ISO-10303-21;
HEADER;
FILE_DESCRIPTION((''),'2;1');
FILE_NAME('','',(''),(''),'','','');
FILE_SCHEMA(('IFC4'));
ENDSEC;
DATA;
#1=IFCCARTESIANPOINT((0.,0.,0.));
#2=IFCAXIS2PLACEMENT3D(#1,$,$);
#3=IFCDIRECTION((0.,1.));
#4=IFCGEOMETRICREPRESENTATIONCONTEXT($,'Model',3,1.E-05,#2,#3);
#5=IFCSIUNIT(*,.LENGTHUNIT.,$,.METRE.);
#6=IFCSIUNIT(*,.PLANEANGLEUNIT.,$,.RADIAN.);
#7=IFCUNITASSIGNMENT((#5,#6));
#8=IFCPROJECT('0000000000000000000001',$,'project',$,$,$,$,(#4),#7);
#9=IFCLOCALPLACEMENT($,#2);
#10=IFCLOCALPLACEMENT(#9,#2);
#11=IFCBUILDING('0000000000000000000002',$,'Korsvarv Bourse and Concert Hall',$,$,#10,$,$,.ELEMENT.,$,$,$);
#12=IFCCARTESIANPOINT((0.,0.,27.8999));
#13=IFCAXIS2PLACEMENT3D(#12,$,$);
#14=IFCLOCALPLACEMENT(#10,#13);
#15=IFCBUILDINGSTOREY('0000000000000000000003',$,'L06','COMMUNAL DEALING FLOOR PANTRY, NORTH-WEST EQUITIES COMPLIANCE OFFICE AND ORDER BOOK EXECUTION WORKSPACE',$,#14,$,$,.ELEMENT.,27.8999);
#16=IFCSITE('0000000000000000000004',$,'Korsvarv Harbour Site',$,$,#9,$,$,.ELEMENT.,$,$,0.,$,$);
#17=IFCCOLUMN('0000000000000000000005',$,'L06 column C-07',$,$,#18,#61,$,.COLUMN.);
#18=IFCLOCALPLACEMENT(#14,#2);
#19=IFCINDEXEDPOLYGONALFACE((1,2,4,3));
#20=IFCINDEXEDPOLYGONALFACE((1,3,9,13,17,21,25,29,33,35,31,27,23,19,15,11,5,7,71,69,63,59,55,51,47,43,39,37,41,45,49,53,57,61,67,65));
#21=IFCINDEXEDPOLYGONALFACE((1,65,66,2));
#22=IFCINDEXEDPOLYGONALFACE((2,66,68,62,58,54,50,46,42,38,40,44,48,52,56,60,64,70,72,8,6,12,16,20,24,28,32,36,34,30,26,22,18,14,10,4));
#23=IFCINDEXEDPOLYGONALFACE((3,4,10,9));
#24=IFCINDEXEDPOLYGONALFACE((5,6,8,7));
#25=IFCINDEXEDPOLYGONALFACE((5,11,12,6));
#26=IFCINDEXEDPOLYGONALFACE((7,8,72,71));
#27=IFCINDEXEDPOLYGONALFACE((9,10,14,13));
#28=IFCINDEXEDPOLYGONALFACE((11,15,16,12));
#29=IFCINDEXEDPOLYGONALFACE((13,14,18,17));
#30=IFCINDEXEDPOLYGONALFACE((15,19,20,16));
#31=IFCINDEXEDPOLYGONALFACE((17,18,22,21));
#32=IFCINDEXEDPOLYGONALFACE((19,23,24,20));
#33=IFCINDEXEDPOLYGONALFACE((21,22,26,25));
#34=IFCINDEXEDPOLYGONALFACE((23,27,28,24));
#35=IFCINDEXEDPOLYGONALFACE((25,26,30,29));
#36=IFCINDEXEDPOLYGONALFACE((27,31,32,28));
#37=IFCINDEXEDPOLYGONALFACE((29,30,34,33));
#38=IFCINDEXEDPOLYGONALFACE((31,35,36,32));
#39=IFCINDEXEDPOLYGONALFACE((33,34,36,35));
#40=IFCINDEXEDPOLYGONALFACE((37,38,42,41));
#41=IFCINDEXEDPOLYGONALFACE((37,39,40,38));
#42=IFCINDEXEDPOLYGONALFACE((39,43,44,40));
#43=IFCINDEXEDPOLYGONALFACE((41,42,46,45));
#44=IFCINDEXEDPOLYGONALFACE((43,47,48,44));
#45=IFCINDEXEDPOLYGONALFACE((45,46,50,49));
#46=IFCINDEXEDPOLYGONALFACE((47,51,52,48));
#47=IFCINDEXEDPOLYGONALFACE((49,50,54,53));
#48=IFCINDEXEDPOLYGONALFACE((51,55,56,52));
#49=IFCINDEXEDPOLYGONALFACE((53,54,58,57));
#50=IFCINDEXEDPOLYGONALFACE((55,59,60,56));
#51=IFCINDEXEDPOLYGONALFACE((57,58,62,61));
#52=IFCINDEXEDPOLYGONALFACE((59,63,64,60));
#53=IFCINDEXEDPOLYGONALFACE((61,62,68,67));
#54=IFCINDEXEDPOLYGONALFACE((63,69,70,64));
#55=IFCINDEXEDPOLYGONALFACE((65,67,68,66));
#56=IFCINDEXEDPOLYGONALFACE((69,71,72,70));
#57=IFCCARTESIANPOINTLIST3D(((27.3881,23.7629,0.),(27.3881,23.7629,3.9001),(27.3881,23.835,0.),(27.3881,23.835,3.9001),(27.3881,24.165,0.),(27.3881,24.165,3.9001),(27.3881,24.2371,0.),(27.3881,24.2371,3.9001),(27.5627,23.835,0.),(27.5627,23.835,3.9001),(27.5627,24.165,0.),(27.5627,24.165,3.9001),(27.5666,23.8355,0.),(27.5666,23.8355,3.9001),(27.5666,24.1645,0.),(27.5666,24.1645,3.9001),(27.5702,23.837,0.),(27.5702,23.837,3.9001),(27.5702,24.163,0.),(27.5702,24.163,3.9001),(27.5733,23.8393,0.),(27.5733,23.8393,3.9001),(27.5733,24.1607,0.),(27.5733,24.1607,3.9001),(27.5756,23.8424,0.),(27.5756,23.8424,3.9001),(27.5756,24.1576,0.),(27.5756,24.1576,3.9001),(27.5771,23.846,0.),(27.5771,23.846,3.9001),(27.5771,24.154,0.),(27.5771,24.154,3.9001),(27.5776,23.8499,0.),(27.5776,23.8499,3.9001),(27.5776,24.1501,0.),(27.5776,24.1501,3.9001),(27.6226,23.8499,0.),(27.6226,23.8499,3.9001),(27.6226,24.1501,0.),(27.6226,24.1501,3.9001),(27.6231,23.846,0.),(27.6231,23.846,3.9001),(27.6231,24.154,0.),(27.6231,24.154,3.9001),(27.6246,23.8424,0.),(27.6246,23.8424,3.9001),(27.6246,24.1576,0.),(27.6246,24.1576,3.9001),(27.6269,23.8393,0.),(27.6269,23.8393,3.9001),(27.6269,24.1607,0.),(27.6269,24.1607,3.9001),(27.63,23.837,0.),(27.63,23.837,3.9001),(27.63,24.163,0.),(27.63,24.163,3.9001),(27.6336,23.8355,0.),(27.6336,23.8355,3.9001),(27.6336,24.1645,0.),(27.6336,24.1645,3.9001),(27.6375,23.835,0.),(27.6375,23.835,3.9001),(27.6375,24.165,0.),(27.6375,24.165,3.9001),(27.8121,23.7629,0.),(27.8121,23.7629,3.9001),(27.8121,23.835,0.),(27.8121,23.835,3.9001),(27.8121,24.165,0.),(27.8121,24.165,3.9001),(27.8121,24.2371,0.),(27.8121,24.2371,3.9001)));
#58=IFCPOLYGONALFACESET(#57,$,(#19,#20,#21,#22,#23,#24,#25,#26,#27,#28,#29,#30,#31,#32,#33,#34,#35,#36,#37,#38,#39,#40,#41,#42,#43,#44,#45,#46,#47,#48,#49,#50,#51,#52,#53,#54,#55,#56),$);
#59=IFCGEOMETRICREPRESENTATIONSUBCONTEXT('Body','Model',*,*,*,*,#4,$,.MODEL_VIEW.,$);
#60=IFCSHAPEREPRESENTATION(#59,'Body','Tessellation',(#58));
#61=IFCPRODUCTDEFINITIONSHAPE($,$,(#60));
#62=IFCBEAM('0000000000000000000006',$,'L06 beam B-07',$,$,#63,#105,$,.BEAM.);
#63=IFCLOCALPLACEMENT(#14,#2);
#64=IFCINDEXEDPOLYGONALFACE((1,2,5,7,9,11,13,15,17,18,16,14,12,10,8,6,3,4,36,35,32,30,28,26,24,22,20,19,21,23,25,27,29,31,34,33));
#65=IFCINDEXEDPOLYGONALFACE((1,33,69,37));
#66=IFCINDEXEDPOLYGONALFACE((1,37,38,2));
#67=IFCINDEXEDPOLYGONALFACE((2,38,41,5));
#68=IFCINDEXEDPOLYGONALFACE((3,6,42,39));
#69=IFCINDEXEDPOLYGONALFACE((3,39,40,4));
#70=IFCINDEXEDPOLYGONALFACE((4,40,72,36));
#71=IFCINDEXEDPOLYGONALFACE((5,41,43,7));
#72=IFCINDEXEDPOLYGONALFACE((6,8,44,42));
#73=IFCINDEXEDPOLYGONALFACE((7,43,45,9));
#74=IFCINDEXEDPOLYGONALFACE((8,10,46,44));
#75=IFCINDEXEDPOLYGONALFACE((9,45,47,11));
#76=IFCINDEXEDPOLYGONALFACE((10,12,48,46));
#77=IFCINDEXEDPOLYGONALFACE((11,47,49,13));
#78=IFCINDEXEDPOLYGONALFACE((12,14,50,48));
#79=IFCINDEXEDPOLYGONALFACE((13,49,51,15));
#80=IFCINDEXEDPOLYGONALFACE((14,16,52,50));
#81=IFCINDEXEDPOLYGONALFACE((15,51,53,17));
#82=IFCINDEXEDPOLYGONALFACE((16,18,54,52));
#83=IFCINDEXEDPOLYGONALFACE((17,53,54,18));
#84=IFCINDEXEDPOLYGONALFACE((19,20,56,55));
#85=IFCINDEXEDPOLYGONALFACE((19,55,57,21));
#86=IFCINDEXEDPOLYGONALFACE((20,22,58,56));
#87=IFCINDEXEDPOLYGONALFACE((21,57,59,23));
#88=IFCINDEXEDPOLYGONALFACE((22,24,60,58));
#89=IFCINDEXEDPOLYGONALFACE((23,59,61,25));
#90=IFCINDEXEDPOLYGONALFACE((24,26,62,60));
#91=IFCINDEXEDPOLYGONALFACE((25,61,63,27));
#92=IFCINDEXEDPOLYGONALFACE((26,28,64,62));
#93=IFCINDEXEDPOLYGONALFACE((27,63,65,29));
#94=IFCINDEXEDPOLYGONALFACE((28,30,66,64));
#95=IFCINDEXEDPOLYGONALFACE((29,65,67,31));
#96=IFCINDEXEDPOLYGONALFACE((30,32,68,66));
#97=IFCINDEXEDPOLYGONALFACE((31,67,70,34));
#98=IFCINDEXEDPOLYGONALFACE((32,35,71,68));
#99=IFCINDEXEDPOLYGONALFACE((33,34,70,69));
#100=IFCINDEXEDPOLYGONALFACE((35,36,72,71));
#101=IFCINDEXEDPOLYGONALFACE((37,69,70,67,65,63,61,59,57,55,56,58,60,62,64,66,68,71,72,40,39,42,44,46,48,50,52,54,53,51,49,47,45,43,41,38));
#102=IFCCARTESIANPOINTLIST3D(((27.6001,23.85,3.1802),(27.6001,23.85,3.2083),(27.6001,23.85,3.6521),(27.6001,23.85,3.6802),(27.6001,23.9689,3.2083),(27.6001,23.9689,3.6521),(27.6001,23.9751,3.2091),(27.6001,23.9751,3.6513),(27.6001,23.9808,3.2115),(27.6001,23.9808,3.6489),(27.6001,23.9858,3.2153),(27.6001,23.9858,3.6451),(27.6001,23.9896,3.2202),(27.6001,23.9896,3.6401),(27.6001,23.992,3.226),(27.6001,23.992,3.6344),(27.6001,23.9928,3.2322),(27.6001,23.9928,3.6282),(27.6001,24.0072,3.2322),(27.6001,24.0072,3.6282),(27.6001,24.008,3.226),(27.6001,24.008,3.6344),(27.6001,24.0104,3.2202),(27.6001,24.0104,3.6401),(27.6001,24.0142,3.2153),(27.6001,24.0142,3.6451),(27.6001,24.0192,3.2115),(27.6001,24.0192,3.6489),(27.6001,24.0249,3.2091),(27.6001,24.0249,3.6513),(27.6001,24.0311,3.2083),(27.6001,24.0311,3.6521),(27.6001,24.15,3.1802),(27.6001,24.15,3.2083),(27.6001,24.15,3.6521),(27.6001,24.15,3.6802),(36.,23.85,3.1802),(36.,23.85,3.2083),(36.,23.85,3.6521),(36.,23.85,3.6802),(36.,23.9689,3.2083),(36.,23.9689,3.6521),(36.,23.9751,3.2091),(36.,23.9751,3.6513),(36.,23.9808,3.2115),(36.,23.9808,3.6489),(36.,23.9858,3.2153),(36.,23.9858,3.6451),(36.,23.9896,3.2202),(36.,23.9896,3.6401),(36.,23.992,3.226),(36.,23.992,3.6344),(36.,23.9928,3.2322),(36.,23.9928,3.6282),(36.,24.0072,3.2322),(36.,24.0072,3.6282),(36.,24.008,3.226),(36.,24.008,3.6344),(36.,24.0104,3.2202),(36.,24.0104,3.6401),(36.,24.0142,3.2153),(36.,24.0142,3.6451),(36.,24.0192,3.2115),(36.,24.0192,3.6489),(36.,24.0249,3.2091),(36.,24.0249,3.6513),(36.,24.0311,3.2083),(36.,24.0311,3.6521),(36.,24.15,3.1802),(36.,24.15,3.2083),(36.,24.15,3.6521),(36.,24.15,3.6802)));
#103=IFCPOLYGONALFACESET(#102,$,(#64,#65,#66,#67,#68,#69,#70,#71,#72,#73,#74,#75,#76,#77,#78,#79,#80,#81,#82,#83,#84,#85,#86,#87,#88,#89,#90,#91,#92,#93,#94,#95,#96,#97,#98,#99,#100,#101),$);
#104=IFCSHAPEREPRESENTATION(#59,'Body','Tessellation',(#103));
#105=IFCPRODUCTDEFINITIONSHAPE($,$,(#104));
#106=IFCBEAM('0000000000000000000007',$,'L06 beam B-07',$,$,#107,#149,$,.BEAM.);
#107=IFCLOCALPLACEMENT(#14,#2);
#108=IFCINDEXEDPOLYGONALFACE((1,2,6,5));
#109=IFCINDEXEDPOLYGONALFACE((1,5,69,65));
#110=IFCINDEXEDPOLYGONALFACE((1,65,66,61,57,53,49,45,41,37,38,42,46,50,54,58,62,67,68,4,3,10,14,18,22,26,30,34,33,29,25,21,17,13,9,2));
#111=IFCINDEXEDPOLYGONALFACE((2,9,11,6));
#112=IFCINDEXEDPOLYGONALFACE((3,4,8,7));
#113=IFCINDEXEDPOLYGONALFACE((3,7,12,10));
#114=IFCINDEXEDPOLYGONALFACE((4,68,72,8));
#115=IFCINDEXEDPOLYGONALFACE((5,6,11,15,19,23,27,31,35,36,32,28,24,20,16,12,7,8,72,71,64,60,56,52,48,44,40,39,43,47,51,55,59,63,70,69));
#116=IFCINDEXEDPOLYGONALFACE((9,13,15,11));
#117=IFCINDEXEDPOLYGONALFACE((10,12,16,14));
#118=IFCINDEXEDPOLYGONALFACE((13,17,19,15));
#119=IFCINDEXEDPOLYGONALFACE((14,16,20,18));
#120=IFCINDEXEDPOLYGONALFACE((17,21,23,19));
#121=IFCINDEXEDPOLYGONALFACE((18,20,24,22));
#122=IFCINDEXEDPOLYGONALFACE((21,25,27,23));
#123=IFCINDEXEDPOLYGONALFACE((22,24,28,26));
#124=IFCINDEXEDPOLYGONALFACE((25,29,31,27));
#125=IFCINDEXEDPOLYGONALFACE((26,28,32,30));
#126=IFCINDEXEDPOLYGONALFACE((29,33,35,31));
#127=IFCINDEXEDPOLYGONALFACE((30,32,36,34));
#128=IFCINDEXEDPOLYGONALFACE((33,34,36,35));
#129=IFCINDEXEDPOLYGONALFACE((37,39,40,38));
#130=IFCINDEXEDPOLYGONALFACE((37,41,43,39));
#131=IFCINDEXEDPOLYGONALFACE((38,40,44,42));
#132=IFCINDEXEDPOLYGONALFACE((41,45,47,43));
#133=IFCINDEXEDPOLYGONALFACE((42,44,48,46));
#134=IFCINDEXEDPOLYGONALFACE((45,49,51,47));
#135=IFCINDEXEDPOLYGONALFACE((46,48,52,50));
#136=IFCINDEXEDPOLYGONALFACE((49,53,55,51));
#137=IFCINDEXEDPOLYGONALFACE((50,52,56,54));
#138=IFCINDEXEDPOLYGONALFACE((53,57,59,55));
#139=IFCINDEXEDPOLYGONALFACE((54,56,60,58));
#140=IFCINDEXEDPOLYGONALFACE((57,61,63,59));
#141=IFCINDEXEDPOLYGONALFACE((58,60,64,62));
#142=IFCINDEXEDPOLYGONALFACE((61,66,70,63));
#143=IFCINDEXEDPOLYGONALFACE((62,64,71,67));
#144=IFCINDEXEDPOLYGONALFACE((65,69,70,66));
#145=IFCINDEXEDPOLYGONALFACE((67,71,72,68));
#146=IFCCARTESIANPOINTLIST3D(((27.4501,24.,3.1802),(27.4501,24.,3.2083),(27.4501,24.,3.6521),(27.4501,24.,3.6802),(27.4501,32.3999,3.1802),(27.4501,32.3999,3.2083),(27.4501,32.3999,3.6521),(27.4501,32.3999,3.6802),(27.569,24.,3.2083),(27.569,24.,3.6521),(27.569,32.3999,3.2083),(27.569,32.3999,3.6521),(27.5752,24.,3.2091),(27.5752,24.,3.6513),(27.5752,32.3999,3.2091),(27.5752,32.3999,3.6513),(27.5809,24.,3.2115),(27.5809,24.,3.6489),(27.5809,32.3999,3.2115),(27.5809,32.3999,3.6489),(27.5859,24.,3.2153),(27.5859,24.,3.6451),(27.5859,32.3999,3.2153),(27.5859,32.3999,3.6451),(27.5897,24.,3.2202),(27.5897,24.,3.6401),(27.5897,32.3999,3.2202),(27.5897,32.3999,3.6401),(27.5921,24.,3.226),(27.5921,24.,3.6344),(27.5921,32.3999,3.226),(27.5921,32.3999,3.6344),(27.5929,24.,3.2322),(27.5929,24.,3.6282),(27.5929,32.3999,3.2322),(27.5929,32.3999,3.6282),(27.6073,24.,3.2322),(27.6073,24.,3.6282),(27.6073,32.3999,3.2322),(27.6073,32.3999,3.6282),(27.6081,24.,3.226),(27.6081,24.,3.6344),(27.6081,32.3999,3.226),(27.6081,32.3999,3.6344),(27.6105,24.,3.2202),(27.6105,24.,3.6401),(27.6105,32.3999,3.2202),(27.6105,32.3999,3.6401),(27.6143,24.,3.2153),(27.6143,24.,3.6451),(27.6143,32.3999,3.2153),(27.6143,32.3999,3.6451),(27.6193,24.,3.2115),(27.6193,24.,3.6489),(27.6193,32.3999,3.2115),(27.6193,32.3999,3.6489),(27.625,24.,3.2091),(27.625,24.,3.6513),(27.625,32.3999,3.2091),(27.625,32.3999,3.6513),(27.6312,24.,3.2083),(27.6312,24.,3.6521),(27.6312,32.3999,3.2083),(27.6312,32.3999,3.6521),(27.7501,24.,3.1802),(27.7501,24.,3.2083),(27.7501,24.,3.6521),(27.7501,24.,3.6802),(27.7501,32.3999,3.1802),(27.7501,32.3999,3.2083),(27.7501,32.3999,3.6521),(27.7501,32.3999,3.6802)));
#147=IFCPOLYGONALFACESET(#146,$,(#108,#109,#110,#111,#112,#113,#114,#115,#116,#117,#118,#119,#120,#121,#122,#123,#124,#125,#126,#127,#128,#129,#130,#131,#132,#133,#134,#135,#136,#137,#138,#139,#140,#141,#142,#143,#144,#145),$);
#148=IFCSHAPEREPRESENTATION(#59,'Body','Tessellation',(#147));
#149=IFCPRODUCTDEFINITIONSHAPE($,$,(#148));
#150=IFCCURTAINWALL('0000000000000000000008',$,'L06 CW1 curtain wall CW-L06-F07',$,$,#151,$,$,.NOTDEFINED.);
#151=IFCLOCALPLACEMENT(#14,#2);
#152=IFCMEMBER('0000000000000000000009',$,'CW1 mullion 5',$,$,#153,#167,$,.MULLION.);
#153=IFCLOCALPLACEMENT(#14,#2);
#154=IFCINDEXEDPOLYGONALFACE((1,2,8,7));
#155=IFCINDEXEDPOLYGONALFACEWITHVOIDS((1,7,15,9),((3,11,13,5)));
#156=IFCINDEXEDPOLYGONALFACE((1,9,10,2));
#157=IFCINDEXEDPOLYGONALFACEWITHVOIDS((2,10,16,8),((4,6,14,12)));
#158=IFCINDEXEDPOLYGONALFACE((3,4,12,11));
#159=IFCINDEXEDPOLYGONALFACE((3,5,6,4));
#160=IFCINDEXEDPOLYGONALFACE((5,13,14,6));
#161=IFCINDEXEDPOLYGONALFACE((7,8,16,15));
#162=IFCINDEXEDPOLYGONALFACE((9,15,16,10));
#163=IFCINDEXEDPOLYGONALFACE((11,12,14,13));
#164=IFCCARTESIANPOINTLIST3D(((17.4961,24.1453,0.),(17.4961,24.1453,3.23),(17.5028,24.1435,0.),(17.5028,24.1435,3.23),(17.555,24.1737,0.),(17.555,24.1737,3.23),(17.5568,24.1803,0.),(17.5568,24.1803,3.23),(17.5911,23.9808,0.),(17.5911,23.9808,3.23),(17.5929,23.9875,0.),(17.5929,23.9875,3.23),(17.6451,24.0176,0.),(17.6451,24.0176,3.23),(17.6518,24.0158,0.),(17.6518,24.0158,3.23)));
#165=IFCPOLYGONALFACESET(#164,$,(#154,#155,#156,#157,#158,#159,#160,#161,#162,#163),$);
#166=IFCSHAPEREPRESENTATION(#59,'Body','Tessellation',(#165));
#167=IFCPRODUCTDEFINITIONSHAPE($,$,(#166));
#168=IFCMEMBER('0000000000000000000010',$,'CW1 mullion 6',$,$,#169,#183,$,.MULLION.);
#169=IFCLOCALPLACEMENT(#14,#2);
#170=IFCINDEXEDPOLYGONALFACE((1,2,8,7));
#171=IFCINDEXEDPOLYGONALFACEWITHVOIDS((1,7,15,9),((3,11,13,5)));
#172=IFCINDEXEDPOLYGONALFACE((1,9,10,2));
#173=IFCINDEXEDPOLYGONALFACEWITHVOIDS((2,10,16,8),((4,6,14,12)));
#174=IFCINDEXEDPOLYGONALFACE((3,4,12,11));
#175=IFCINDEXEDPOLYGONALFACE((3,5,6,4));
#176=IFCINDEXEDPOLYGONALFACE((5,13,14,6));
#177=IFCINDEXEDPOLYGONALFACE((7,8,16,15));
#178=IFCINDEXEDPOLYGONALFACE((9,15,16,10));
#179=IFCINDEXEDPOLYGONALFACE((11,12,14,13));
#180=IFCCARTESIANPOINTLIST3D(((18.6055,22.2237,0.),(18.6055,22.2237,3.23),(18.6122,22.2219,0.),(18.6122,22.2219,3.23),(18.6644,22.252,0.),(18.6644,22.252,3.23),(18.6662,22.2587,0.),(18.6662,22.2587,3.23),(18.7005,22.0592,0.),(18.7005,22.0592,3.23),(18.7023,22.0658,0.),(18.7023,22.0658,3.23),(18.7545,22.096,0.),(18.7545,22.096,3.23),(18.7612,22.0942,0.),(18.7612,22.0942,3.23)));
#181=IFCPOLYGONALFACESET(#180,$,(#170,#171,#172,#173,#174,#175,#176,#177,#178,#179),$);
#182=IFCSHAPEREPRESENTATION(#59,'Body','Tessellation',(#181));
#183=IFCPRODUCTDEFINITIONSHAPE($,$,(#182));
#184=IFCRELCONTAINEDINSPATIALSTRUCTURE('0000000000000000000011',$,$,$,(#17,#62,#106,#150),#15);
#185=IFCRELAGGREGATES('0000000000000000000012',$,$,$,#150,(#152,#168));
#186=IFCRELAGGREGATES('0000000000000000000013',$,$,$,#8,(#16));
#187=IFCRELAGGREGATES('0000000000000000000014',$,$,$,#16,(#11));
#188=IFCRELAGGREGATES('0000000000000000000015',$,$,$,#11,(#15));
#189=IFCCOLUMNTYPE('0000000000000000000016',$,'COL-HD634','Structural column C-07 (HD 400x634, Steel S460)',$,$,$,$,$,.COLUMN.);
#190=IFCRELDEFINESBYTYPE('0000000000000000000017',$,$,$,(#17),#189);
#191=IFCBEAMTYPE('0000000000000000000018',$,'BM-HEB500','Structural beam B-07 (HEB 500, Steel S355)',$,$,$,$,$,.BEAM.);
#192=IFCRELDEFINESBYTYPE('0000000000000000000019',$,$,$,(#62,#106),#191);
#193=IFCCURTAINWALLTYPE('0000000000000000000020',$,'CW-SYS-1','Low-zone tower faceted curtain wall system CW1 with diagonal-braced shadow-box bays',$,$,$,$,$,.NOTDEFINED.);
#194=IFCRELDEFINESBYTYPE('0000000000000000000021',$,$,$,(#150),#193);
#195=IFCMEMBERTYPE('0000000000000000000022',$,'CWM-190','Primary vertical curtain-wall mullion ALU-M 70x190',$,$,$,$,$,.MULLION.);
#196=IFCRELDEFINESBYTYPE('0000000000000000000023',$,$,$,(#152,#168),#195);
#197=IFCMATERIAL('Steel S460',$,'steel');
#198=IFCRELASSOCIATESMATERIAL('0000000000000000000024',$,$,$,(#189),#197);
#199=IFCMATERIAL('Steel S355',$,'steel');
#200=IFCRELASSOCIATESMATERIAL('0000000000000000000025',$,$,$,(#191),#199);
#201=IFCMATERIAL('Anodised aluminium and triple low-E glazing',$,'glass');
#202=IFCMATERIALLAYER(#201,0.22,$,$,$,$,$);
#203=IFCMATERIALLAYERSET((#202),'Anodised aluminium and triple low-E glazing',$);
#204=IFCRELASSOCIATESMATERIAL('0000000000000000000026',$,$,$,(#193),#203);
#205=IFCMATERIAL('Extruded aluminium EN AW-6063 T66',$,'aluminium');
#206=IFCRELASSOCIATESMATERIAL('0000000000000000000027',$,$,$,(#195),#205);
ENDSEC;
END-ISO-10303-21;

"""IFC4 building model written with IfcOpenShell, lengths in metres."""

from ifc_helpers import new_model, si_unit, direction, frame, origin, origin_2d, place, context, subcontext, project, spatial, hollow_rectangle, i_section, extrude, source, transform, mapped, material, layer, layer_set, material_profile, profile_set, type_object, element, aggregate, save


model = new_model("IFC4")

# Units and contexts
model_context = context("Model", 3, precision=1e-05, world=origin(), true_north=direction((0.0, 1.0)))
body_context = subcontext(model_context, "Body", "Model", "MODEL_VIEW")
ifc_project = project(units=[si_unit("LENGTHUNIT", "METRE"), si_unit("PLANEANGLEUNIT", "RADIAN")], contexts=[model_context])

# Site, building, storey
site_placement = place(None, origin())
site = spatial("IfcSite", under=ifc_project, at=site_placement, Name="Korsvarv Harbour Site", CompositionType="ELEMENT", RefElevation=0.0)
building_placement = place(site_placement, origin())
building = spatial("IfcBuilding", under=site, at=building_placement, Name="Korsvarv Bourse and Concert Hall", CompositionType="ELEMENT")
storey_placement = place(building_placement, frame((0.0, 0.0, 27.8999)))
storey = spatial("IfcBuildingStorey", under=building, at=storey_placement, Name="L06", Description="COMMUNAL DEALING FLOOR PANTRY, NORTH-WEST EQUITIES COMPLIANCE OFFICE AND ORDER BOOK EXECUTION WORKSPACE", CompositionType="ELEMENT", Elevation=27.8999)

# Column
ifc_material_1 = material(Name="Steel S460", Category="steel")
ifc_material_profile_1 = material_profile(ifc_material_1, i_section(OverallWidth=0.4241, OverallDepth=0.4741, WebThickness=0.0449, FlangeThickness=0.072, FilletRadius=0.0149, at=origin_2d()), Name="HD 400x634")
ifc_profile_set_1 = profile_set([ifc_material_profile_1], Name="Steel S460")
column_type = type_object("IfcColumnType", Name="COL-HD634", Description="Structural column C-07 (HD 400x634, Steel S460)", PredefinedType="COLUMN", material=ifc_profile_set_1)
shared_shape_1 = source(origin(), body_context, "Body", "SweptSolid", [
    extrude(i_section(OverallWidth=0.4241, OverallDepth=0.4741, WebThickness=0.0449, FlangeThickness=0.072, FilletRadius=0.0149, at=origin_2d()), origin(), (0.0, 0.0, 1.0), 3.9001),
])
column_placement = place(storey_placement, frame((27.6001, 24.0, 0.0), z_axis=(0.0, 0.0, 1.0), x_axis=(1.0, 0.0, 0.0)))
element("IfcColumn", 1, at=column_placement, inside=storey, type_object=column_type, Name="L06 column C-07", PredefinedType="COLUMN", context=body_context, shape_type="MappedRepresentation", body=[
    mapped(shared_shape_1, transform((0.0, 0.0, 0.0), scale=1.0)),
])

# Beams
ifc_material_2 = material(Name="Steel S355", Category="steel")
ifc_material_profile_2 = material_profile(ifc_material_2, i_section(OverallWidth=0.3, OverallDepth=0.5, WebThickness=0.0144, FlangeThickness=0.0281, FilletRadius=0.0239, at=origin_2d()), Name="HEB 500")
ifc_profile_set_2 = profile_set([ifc_material_profile_2], Name="Steel S355")
beam_type = type_object("IfcBeamType", Name="BM-HEB500", Description="Structural beam B-07 (HEB 500, Steel S355)", PredefinedType="BEAM", material=ifc_profile_set_2)
shared_shape_2 = source(origin(), body_context, "Body", "SweptSolid", [
    extrude(i_section(OverallWidth=0.3, OverallDepth=0.5, WebThickness=0.0144, FlangeThickness=0.0281, FilletRadius=0.0239, at=origin_2d()), origin(), (0.0, 0.0, 1.0), 8.3999),
])
for number, where, z_axis, x_axis, name in (
    (2, (27.6001, 24.0, 3.4302), (1.0, 0.0, 0.0), (0.0, 1.0, 0.0), "L06 beam B-07"),
    (3, (27.6001, 24.0, 3.4302), (0.0, 1.0, 0.0), (-1.0, 0.0, 0.0), "L06 beam B-07"),
):
    element("IfcBeam", number, at=place(storey_placement, frame(where, z_axis=z_axis, x_axis=x_axis)), inside=storey, type_object=beam_type, Name=name, PredefinedType="BEAM", context=body_context, shape_type="MappedRepresentation", body=[
        mapped(shared_shape_2, transform((0.0, 0.0, 0.0), scale=1.0)),
    ])

# Curtain wall, members
ifc_material_3 = material(Name="Anodised aluminium and triple low-E glazing", Category="glass")
ifc_layer_1 = layer(ifc_material_3, 0.22)
ifc_layer_set_1 = layer_set([ifc_layer_1], Name="Anodised aluminium and triple low-E glazing")
curtain_wall_type = type_object("IfcCurtainWallType", Name="CW-SYS-1", Description="Low-zone tower faceted curtain wall system CW1 with diagonal-braced shadow-box bays", PredefinedType="NOTDEFINED", material=ifc_layer_set_1)
curtain_wall_placement = place(storey_placement, origin())
curtain_wall = element("IfcCurtainWall", 4, at=curtain_wall_placement, inside=storey, type_object=curtain_wall_type, Name="L06 CW1 curtain wall CW-L06-F07", PredefinedType="NOTDEFINED")
ifc_material_4 = material(Name="Extruded aluminium EN AW-6063 T66", Category="aluminium")
ifc_material_profile_3 = material_profile(ifc_material_4, hollow_rectangle(XDim=0.0701, YDim=0.1899, WallThickness=0.0049, at=origin_2d()), Name="ALU-M 70x190")
ifc_profile_set_3 = profile_set([ifc_material_profile_3], Name="Extruded aluminium EN AW-6063 T66")
member_type_1 = type_object("IfcMemberType", Name="CWM-190", Description="Primary vertical curtain-wall mullion ALU-M 70x190", PredefinedType="MULLION", material=ifc_profile_set_3)
shared_shape_3 = source(origin(), body_context, "Body", "SweptSolid", [
    extrude(hollow_rectangle(XDim=0.0701, YDim=0.1899, WallThickness=0.0049, at=origin_2d()), origin(), (0.0, 0.0, 1.0), 3.23),
])
member_1_placement = place(storey_placement, frame((17.574, 24.0806, 0.0), z_axis=(0.0, 0.0, 1.0), x_axis=(0.866029, 0.499995, 0.0)))
member_1 = element("IfcMember", 5, at=member_1_placement, type_object=member_type_1, Name="CW1 mullion 5", PredefinedType="MULLION", context=body_context, shape_type="MappedRepresentation", body=[
    mapped(shared_shape_3, transform((0.0, 0.0, 0.0), scale=1.0)),
])
member_2_placement = place(storey_placement, frame((18.6833, 22.1589, 0.0), z_axis=(0.0, 0.0, 1.0), x_axis=(0.866029, 0.499995, 0.0)))
member_2 = element("IfcMember", 6, at=member_2_placement, type_object=member_type_1, Name="CW1 mullion 6", PredefinedType="MULLION", context=body_context, shape_type="MappedRepresentation", body=[
    mapped(shared_shape_3, transform((0.0, 0.0, 0.0), scale=1.0)),
])
aggregate(curtain_wall, [member_1, member_2])

save(model, "model.ifc")
